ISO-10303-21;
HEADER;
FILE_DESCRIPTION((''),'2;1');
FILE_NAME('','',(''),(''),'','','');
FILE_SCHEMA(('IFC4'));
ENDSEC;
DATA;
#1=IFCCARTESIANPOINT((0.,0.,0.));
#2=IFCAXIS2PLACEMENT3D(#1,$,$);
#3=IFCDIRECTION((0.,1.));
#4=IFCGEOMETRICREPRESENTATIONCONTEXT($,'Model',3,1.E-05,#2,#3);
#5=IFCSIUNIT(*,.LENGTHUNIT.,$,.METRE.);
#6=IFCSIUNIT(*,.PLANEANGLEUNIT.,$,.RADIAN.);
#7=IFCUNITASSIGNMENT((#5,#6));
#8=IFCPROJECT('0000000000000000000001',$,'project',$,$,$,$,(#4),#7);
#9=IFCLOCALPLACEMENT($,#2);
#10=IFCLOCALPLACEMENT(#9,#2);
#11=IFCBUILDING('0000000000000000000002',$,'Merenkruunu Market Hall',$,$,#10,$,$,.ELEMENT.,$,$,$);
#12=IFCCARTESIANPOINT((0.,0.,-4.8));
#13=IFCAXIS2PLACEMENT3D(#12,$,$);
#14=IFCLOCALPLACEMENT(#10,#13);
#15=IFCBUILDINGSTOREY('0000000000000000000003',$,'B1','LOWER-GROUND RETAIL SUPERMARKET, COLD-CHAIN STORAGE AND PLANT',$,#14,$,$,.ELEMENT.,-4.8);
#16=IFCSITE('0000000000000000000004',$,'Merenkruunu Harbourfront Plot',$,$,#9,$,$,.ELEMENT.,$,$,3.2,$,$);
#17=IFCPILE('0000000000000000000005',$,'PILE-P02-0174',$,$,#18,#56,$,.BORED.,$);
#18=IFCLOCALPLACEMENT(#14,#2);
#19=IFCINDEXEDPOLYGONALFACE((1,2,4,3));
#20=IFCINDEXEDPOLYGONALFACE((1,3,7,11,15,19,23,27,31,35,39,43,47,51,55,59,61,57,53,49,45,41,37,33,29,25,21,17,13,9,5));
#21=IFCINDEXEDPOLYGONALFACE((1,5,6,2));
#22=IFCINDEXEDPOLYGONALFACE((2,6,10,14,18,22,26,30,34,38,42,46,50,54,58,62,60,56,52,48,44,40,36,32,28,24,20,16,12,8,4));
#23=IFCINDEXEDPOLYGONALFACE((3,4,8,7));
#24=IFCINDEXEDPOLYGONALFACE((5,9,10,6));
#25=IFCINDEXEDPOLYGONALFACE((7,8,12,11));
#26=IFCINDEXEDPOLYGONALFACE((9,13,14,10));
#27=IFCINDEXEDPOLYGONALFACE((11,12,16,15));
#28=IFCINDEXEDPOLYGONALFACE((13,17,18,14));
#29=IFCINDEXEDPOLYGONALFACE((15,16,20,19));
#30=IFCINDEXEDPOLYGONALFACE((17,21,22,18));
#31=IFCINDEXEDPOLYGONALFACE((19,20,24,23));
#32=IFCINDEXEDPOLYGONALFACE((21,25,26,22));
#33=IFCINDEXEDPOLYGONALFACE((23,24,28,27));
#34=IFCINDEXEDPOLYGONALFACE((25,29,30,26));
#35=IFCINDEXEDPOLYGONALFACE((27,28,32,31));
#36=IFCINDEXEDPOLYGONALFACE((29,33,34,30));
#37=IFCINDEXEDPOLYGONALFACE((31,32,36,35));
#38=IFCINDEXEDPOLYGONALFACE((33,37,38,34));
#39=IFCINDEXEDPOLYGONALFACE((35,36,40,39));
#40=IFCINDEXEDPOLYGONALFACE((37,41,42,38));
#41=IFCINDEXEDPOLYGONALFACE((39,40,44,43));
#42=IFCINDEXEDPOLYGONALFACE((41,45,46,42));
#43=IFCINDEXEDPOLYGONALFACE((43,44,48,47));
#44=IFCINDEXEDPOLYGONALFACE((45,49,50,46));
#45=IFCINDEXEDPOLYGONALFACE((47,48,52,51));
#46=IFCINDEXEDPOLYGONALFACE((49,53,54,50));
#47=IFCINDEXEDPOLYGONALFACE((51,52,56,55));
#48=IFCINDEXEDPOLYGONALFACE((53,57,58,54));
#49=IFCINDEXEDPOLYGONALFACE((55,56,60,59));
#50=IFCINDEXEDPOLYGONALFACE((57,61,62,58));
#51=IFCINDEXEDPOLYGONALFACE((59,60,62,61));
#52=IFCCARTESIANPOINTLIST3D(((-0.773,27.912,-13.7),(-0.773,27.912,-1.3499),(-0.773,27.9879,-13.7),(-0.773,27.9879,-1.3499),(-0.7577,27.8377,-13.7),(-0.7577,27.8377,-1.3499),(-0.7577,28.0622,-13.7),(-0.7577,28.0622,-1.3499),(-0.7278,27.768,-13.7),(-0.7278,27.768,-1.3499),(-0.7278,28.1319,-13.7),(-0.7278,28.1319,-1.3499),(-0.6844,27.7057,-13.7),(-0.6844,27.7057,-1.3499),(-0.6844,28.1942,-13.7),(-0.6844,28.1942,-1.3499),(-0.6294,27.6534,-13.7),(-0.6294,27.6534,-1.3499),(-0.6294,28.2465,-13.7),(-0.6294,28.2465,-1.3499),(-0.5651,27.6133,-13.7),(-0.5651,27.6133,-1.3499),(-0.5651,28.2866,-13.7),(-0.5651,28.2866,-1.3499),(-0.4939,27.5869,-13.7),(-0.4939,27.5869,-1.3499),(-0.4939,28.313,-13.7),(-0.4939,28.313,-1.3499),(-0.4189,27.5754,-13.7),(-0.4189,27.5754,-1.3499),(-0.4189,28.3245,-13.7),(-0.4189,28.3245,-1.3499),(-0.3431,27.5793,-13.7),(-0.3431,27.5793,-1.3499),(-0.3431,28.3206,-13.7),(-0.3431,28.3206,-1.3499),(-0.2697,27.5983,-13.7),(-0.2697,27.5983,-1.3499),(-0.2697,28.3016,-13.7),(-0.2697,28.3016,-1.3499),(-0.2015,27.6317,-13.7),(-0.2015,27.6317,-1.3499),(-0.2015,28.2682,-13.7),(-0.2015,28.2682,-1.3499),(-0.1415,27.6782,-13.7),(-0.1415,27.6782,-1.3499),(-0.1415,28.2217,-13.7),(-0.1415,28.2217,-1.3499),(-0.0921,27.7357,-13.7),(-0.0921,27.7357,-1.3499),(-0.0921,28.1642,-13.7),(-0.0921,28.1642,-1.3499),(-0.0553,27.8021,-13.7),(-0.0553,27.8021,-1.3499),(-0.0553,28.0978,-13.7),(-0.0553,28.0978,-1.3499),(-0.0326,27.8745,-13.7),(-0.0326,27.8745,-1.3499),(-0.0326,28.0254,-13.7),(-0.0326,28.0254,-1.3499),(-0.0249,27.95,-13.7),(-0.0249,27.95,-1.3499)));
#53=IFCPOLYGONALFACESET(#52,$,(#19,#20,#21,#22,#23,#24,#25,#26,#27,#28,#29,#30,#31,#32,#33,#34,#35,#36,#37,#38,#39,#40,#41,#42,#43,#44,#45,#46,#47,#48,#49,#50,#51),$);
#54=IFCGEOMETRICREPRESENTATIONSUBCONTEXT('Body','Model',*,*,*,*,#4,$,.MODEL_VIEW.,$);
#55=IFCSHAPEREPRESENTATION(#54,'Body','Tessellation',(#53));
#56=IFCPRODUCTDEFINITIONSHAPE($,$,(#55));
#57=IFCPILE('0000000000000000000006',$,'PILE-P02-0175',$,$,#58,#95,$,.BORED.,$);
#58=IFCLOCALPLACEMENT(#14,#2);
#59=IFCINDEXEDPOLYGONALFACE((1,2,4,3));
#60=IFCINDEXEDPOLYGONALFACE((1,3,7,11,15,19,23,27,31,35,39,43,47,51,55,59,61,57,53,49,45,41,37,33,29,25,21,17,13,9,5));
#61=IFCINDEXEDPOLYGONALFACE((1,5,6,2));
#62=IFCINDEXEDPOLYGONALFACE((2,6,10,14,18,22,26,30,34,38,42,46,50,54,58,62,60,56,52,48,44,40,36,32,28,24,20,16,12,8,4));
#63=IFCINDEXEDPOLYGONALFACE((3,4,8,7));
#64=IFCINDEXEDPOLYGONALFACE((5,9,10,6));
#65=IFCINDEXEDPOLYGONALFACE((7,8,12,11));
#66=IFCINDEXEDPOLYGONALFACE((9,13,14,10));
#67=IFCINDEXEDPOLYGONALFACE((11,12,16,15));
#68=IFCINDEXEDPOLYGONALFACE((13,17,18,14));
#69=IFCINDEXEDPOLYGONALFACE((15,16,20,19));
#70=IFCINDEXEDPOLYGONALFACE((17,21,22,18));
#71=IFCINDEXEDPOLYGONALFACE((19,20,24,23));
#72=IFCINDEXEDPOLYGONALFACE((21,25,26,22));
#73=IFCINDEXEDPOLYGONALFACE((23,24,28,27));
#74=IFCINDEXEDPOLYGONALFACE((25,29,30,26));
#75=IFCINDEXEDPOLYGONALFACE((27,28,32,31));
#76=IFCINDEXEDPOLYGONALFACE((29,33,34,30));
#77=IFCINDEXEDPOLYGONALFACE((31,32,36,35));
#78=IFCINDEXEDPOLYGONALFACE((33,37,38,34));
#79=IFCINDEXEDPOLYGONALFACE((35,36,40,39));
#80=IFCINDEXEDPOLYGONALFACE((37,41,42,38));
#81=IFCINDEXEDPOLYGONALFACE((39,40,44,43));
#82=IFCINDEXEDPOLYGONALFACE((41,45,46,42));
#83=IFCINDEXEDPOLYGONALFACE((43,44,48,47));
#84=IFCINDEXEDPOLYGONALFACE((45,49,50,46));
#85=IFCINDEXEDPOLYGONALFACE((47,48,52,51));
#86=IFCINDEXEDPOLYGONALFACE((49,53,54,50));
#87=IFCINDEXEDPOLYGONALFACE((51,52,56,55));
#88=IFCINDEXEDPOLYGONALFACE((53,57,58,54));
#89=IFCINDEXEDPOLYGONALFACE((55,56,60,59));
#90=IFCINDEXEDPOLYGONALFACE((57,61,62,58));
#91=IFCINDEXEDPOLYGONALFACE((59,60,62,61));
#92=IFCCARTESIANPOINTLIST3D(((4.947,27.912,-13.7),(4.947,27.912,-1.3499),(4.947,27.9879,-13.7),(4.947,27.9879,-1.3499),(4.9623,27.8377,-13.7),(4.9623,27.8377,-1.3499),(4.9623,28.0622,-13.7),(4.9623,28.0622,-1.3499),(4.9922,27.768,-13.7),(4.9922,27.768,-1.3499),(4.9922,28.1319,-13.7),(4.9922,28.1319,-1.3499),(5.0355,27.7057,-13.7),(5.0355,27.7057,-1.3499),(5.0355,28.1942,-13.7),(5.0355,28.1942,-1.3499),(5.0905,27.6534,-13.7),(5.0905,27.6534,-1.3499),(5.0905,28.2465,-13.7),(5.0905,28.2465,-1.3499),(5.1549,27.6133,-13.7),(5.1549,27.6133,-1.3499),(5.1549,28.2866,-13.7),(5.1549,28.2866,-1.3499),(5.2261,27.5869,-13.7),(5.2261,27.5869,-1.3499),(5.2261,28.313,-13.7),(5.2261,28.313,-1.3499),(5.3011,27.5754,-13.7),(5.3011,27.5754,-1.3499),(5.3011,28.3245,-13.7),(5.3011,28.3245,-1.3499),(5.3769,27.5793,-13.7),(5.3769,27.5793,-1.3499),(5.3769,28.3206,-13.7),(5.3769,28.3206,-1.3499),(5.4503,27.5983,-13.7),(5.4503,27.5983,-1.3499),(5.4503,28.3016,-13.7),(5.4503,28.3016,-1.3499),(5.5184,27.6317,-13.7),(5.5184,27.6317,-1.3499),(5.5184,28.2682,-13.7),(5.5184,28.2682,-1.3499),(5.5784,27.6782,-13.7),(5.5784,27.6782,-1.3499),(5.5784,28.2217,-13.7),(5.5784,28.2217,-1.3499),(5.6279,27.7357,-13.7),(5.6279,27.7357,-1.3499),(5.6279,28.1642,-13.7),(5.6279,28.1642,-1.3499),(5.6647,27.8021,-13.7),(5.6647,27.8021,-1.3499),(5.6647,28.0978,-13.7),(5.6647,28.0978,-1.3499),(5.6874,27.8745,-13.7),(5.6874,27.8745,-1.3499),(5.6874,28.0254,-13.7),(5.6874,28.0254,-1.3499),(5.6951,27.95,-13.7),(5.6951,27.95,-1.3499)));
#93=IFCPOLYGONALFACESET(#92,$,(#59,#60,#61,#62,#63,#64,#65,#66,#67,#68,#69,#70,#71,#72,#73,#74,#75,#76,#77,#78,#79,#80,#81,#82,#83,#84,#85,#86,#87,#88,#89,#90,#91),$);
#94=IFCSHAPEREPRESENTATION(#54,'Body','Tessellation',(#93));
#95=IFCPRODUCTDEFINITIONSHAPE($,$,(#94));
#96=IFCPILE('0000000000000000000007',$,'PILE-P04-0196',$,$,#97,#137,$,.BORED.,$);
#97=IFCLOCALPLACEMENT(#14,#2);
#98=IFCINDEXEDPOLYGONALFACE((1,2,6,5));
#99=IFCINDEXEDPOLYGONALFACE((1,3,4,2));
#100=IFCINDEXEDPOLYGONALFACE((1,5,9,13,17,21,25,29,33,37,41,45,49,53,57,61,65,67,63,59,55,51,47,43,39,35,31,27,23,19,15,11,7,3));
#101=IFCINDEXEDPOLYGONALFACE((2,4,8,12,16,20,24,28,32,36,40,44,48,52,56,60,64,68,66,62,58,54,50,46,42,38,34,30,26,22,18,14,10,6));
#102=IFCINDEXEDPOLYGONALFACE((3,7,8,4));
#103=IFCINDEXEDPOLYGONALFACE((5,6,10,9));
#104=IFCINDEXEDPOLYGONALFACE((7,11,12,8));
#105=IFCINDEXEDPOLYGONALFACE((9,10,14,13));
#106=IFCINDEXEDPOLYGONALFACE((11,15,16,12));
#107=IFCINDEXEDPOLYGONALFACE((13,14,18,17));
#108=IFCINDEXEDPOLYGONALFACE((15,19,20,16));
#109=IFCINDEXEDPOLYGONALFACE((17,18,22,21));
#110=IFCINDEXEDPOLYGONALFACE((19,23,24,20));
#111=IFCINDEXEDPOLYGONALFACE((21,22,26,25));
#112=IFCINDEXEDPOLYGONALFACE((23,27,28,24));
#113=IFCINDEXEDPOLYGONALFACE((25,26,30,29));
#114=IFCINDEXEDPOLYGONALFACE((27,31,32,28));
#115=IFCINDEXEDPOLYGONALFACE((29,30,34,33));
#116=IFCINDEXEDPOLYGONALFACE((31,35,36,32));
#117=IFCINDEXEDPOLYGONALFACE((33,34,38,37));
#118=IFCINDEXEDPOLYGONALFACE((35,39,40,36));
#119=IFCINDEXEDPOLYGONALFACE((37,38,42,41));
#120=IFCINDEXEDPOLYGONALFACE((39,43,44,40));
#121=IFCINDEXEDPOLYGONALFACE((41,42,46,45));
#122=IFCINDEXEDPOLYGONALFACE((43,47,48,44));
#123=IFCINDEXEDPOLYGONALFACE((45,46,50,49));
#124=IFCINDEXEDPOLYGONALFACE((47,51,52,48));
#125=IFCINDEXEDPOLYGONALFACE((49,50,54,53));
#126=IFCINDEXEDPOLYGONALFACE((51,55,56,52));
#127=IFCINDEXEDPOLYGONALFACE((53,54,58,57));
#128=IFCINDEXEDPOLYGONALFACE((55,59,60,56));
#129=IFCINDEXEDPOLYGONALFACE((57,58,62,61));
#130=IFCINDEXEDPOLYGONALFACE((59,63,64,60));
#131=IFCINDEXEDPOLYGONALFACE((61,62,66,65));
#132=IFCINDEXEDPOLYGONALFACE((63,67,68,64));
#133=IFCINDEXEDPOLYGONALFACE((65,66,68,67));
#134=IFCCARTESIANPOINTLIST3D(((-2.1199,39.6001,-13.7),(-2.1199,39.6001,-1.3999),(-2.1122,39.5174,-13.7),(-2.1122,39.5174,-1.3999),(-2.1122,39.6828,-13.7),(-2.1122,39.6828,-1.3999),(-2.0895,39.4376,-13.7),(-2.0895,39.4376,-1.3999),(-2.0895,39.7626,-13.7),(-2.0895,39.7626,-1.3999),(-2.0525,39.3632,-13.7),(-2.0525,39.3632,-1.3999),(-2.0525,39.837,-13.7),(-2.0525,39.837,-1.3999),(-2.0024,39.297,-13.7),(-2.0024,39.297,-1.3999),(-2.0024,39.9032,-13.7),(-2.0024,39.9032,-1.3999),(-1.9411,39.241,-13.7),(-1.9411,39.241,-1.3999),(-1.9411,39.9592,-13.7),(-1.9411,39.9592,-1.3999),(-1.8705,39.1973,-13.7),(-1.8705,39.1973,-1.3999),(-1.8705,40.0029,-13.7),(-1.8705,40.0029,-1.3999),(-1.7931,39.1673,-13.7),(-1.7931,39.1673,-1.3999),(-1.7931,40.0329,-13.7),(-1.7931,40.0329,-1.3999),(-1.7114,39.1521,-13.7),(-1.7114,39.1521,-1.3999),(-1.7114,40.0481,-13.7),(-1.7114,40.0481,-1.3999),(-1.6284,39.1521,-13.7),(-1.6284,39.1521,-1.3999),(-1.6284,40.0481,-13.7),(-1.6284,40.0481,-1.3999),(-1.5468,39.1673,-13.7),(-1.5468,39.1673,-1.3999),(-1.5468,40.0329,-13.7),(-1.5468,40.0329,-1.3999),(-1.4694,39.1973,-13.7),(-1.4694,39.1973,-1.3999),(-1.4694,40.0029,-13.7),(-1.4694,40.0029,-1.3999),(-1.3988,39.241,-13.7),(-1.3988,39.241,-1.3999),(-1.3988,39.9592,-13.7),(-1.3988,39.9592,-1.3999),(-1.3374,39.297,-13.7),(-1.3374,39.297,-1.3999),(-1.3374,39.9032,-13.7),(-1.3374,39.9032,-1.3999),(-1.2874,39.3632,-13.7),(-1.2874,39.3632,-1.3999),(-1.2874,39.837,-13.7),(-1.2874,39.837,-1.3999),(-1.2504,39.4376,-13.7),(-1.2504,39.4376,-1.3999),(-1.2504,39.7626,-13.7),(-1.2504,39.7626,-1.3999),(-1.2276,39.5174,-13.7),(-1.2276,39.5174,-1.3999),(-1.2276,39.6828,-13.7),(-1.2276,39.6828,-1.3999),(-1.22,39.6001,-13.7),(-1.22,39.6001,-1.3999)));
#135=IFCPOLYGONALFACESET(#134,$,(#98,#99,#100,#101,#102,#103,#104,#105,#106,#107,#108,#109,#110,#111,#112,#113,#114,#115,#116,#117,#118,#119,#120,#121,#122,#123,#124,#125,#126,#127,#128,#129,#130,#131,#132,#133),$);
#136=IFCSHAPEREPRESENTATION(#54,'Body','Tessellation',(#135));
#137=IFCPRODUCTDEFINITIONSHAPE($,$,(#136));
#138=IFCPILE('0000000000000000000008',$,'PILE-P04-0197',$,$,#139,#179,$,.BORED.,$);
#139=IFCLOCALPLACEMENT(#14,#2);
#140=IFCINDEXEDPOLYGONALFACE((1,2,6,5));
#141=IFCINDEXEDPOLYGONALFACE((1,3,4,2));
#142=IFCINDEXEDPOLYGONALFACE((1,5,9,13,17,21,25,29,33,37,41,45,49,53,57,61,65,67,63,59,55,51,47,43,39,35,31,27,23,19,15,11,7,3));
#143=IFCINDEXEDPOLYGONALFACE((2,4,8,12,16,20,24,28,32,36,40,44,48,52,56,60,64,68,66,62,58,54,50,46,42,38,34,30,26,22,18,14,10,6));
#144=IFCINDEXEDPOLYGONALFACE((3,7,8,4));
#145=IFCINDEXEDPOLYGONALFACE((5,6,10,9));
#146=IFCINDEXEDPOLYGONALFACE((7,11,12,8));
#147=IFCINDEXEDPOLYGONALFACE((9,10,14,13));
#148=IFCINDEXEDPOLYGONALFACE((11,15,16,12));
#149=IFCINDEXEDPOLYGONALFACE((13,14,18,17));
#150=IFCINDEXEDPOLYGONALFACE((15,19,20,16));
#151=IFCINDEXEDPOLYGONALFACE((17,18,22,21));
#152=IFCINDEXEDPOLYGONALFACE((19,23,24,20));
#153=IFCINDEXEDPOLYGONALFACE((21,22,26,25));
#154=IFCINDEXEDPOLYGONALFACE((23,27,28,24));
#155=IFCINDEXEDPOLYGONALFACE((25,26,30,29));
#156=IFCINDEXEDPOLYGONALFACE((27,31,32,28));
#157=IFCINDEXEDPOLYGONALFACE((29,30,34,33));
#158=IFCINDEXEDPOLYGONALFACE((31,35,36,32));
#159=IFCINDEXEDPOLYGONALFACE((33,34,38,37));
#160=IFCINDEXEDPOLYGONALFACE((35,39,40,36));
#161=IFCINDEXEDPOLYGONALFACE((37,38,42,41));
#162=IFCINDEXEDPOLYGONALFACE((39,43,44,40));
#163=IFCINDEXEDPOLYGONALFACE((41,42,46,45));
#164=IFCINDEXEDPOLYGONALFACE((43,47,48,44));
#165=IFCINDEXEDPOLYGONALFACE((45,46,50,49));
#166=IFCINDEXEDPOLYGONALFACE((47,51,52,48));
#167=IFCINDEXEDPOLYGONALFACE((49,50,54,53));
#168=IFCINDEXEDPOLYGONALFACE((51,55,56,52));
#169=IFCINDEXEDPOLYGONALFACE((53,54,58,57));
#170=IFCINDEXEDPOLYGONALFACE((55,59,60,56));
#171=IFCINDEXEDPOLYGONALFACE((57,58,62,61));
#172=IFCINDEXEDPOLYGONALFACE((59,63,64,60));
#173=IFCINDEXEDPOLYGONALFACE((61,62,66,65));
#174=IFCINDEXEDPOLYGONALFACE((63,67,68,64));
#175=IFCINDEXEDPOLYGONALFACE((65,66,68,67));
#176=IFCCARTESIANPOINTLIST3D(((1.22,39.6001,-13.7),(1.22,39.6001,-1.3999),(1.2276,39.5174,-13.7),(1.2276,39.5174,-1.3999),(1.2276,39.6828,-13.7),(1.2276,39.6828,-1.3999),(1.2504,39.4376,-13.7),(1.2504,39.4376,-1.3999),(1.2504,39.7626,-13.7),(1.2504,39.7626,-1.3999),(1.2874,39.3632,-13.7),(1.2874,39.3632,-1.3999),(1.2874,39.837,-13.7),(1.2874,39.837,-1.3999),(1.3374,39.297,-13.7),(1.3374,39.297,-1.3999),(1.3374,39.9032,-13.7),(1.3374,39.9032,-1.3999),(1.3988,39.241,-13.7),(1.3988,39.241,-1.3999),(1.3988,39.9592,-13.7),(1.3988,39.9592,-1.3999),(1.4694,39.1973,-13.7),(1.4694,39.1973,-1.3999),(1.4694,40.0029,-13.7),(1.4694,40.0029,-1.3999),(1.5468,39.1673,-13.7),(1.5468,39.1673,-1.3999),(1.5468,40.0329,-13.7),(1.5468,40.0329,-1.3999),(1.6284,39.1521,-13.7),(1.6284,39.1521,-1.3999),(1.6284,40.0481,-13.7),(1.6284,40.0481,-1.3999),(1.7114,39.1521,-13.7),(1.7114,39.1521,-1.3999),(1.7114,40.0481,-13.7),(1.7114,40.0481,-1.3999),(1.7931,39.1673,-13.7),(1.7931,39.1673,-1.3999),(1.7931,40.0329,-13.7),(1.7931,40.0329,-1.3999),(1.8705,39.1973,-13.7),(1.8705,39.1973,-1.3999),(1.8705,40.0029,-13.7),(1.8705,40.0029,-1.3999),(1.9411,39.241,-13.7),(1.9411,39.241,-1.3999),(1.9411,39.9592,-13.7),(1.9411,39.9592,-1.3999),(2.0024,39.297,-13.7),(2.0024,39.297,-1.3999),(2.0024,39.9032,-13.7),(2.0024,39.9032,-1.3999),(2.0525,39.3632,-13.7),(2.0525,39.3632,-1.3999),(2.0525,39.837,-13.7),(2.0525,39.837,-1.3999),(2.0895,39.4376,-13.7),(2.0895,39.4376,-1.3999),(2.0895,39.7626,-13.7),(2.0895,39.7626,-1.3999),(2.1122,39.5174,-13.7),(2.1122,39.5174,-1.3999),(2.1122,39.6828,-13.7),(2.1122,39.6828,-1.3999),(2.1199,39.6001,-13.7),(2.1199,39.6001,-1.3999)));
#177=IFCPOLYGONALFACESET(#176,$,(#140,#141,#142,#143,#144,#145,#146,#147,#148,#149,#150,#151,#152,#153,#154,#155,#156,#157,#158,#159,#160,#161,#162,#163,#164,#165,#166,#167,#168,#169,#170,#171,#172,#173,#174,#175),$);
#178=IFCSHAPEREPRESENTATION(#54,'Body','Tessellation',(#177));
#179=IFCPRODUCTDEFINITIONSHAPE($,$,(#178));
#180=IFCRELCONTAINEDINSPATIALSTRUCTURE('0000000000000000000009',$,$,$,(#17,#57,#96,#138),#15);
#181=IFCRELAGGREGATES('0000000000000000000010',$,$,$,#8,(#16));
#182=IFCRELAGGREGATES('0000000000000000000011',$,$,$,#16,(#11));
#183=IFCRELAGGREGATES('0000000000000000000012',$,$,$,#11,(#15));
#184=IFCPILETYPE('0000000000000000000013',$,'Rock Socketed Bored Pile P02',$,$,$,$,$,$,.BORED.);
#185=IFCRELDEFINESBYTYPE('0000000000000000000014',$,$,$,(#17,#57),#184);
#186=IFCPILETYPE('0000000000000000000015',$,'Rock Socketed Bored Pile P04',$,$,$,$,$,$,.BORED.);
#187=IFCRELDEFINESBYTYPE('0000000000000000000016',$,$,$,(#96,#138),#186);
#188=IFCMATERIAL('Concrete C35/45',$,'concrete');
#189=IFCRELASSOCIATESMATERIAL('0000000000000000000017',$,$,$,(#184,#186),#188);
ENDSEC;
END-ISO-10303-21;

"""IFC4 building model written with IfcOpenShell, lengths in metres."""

from ifc_helpers import new_model, si_unit, direction, frame, origin, origin_2d, place, context, subcontext, project, spatial, circle, extrude, material, material_profile, profile_set, type_object, element, save


model = new_model("IFC4")

# Units and contexts
model_context = context("Model", 3, precision=1e-05, world=origin(), true_north=direction((0.0, 1.0)))
body_context = subcontext(model_context, "Body", "Model", "MODEL_VIEW")
ifc_project = project(units=[si_unit("LENGTHUNIT", "METRE"), si_unit("PLANEANGLEUNIT", "RADIAN")], contexts=[model_context])

# Site, building, storey
site_placement = place(None, origin())
site = spatial("IfcSite", under=ifc_project, at=site_placement, Name="Merenkruunu Harbourfront Plot", CompositionType="ELEMENT", RefElevation=3.2)
building_placement = place(site_placement, origin())
building = spatial("IfcBuilding", under=site, at=building_placement, Name="Merenkruunu Market Hall", CompositionType="ELEMENT")
storey_placement = place(building_placement, frame((0.0, 0.0, -4.8)))
storey = spatial("IfcBuildingStorey", under=building, at=storey_placement, Name="B1", Description="LOWER-GROUND RETAIL SUPERMARKET, COLD-CHAIN STORAGE AND PLANT", CompositionType="ELEMENT", Elevation=-4.8)

# Shared definitions
ifc_material_1 = material(Name="Concrete C35/45", Category="concrete")

# Piles
ifc_material_profile_1 = material_profile(ifc_material_1, circle(Radius=0.375, at=origin_2d()), Name="BORED PILE 750")
ifc_profile_set_1 = profile_set([ifc_material_profile_1], Name="Concrete C35/45")
pile_type_1 = type_object("IfcPileType", Name="Rock Socketed Bored Pile P02", PredefinedType="BORED", material=ifc_profile_set_1)
for number, where, z_axis, x_axis, name in (
    (1, (-0.3999, 27.95, -1.3499), (0.0, 0.0, -1.0), (1.0, 0.0, 0.0), "PILE-P02-0174"),
    (2, (5.3201, 27.95, -1.3499), (0.0, 0.0, -1.0), (1.0, 0.0, 0.0), "PILE-P02-0175"),
):
    element("IfcPile", number, at=place(storey_placement, frame(where, z_axis=z_axis, x_axis=x_axis)), inside=storey, type_object=pile_type_1, Name=name, PredefinedType="BORED", context=body_context, shape_type="SweptSolid", body=[
        extrude(circle(Radius=0.375, at=origin_2d()), origin(), (0.0, 0.0, 1.0), 12.3501),
    ])
ifc_material_profile_2 = material_profile(ifc_material_1, circle(Radius=0.45, at=origin_2d()), Name="BORED PILE 900")
ifc_profile_set_2 = profile_set([ifc_material_profile_2], Name="Concrete C35/45")
pile_type_2 = type_object("IfcPileType", Name="Rock Socketed Bored Pile P04", PredefinedType="BORED", material=ifc_profile_set_2)
for number, where, z_axis, x_axis, name in (
    (3, (-1.6699, 39.6001, -1.3999), (0.0, 0.0, -1.0), (1.0, 0.0, 0.0), "PILE-P04-0196"),
    (4, (1.6699, 39.6001, -1.3999), (0.0, 0.0, -1.0), (1.0, 0.0, 0.0), "PILE-P04-0197"),
):
    element("IfcPile", number, at=place(storey_placement, frame(where, z_axis=z_axis, x_axis=x_axis)), inside=storey, type_object=pile_type_2, Name=name, PredefinedType="BORED", context=body_context, shape_type="SweptSolid", body=[
        extrude(circle(Radius=0.45, at=origin_2d()), origin(), (0.0, 0.0, 1.0), 12.3),
    ])

save(model, "model.ifc")
